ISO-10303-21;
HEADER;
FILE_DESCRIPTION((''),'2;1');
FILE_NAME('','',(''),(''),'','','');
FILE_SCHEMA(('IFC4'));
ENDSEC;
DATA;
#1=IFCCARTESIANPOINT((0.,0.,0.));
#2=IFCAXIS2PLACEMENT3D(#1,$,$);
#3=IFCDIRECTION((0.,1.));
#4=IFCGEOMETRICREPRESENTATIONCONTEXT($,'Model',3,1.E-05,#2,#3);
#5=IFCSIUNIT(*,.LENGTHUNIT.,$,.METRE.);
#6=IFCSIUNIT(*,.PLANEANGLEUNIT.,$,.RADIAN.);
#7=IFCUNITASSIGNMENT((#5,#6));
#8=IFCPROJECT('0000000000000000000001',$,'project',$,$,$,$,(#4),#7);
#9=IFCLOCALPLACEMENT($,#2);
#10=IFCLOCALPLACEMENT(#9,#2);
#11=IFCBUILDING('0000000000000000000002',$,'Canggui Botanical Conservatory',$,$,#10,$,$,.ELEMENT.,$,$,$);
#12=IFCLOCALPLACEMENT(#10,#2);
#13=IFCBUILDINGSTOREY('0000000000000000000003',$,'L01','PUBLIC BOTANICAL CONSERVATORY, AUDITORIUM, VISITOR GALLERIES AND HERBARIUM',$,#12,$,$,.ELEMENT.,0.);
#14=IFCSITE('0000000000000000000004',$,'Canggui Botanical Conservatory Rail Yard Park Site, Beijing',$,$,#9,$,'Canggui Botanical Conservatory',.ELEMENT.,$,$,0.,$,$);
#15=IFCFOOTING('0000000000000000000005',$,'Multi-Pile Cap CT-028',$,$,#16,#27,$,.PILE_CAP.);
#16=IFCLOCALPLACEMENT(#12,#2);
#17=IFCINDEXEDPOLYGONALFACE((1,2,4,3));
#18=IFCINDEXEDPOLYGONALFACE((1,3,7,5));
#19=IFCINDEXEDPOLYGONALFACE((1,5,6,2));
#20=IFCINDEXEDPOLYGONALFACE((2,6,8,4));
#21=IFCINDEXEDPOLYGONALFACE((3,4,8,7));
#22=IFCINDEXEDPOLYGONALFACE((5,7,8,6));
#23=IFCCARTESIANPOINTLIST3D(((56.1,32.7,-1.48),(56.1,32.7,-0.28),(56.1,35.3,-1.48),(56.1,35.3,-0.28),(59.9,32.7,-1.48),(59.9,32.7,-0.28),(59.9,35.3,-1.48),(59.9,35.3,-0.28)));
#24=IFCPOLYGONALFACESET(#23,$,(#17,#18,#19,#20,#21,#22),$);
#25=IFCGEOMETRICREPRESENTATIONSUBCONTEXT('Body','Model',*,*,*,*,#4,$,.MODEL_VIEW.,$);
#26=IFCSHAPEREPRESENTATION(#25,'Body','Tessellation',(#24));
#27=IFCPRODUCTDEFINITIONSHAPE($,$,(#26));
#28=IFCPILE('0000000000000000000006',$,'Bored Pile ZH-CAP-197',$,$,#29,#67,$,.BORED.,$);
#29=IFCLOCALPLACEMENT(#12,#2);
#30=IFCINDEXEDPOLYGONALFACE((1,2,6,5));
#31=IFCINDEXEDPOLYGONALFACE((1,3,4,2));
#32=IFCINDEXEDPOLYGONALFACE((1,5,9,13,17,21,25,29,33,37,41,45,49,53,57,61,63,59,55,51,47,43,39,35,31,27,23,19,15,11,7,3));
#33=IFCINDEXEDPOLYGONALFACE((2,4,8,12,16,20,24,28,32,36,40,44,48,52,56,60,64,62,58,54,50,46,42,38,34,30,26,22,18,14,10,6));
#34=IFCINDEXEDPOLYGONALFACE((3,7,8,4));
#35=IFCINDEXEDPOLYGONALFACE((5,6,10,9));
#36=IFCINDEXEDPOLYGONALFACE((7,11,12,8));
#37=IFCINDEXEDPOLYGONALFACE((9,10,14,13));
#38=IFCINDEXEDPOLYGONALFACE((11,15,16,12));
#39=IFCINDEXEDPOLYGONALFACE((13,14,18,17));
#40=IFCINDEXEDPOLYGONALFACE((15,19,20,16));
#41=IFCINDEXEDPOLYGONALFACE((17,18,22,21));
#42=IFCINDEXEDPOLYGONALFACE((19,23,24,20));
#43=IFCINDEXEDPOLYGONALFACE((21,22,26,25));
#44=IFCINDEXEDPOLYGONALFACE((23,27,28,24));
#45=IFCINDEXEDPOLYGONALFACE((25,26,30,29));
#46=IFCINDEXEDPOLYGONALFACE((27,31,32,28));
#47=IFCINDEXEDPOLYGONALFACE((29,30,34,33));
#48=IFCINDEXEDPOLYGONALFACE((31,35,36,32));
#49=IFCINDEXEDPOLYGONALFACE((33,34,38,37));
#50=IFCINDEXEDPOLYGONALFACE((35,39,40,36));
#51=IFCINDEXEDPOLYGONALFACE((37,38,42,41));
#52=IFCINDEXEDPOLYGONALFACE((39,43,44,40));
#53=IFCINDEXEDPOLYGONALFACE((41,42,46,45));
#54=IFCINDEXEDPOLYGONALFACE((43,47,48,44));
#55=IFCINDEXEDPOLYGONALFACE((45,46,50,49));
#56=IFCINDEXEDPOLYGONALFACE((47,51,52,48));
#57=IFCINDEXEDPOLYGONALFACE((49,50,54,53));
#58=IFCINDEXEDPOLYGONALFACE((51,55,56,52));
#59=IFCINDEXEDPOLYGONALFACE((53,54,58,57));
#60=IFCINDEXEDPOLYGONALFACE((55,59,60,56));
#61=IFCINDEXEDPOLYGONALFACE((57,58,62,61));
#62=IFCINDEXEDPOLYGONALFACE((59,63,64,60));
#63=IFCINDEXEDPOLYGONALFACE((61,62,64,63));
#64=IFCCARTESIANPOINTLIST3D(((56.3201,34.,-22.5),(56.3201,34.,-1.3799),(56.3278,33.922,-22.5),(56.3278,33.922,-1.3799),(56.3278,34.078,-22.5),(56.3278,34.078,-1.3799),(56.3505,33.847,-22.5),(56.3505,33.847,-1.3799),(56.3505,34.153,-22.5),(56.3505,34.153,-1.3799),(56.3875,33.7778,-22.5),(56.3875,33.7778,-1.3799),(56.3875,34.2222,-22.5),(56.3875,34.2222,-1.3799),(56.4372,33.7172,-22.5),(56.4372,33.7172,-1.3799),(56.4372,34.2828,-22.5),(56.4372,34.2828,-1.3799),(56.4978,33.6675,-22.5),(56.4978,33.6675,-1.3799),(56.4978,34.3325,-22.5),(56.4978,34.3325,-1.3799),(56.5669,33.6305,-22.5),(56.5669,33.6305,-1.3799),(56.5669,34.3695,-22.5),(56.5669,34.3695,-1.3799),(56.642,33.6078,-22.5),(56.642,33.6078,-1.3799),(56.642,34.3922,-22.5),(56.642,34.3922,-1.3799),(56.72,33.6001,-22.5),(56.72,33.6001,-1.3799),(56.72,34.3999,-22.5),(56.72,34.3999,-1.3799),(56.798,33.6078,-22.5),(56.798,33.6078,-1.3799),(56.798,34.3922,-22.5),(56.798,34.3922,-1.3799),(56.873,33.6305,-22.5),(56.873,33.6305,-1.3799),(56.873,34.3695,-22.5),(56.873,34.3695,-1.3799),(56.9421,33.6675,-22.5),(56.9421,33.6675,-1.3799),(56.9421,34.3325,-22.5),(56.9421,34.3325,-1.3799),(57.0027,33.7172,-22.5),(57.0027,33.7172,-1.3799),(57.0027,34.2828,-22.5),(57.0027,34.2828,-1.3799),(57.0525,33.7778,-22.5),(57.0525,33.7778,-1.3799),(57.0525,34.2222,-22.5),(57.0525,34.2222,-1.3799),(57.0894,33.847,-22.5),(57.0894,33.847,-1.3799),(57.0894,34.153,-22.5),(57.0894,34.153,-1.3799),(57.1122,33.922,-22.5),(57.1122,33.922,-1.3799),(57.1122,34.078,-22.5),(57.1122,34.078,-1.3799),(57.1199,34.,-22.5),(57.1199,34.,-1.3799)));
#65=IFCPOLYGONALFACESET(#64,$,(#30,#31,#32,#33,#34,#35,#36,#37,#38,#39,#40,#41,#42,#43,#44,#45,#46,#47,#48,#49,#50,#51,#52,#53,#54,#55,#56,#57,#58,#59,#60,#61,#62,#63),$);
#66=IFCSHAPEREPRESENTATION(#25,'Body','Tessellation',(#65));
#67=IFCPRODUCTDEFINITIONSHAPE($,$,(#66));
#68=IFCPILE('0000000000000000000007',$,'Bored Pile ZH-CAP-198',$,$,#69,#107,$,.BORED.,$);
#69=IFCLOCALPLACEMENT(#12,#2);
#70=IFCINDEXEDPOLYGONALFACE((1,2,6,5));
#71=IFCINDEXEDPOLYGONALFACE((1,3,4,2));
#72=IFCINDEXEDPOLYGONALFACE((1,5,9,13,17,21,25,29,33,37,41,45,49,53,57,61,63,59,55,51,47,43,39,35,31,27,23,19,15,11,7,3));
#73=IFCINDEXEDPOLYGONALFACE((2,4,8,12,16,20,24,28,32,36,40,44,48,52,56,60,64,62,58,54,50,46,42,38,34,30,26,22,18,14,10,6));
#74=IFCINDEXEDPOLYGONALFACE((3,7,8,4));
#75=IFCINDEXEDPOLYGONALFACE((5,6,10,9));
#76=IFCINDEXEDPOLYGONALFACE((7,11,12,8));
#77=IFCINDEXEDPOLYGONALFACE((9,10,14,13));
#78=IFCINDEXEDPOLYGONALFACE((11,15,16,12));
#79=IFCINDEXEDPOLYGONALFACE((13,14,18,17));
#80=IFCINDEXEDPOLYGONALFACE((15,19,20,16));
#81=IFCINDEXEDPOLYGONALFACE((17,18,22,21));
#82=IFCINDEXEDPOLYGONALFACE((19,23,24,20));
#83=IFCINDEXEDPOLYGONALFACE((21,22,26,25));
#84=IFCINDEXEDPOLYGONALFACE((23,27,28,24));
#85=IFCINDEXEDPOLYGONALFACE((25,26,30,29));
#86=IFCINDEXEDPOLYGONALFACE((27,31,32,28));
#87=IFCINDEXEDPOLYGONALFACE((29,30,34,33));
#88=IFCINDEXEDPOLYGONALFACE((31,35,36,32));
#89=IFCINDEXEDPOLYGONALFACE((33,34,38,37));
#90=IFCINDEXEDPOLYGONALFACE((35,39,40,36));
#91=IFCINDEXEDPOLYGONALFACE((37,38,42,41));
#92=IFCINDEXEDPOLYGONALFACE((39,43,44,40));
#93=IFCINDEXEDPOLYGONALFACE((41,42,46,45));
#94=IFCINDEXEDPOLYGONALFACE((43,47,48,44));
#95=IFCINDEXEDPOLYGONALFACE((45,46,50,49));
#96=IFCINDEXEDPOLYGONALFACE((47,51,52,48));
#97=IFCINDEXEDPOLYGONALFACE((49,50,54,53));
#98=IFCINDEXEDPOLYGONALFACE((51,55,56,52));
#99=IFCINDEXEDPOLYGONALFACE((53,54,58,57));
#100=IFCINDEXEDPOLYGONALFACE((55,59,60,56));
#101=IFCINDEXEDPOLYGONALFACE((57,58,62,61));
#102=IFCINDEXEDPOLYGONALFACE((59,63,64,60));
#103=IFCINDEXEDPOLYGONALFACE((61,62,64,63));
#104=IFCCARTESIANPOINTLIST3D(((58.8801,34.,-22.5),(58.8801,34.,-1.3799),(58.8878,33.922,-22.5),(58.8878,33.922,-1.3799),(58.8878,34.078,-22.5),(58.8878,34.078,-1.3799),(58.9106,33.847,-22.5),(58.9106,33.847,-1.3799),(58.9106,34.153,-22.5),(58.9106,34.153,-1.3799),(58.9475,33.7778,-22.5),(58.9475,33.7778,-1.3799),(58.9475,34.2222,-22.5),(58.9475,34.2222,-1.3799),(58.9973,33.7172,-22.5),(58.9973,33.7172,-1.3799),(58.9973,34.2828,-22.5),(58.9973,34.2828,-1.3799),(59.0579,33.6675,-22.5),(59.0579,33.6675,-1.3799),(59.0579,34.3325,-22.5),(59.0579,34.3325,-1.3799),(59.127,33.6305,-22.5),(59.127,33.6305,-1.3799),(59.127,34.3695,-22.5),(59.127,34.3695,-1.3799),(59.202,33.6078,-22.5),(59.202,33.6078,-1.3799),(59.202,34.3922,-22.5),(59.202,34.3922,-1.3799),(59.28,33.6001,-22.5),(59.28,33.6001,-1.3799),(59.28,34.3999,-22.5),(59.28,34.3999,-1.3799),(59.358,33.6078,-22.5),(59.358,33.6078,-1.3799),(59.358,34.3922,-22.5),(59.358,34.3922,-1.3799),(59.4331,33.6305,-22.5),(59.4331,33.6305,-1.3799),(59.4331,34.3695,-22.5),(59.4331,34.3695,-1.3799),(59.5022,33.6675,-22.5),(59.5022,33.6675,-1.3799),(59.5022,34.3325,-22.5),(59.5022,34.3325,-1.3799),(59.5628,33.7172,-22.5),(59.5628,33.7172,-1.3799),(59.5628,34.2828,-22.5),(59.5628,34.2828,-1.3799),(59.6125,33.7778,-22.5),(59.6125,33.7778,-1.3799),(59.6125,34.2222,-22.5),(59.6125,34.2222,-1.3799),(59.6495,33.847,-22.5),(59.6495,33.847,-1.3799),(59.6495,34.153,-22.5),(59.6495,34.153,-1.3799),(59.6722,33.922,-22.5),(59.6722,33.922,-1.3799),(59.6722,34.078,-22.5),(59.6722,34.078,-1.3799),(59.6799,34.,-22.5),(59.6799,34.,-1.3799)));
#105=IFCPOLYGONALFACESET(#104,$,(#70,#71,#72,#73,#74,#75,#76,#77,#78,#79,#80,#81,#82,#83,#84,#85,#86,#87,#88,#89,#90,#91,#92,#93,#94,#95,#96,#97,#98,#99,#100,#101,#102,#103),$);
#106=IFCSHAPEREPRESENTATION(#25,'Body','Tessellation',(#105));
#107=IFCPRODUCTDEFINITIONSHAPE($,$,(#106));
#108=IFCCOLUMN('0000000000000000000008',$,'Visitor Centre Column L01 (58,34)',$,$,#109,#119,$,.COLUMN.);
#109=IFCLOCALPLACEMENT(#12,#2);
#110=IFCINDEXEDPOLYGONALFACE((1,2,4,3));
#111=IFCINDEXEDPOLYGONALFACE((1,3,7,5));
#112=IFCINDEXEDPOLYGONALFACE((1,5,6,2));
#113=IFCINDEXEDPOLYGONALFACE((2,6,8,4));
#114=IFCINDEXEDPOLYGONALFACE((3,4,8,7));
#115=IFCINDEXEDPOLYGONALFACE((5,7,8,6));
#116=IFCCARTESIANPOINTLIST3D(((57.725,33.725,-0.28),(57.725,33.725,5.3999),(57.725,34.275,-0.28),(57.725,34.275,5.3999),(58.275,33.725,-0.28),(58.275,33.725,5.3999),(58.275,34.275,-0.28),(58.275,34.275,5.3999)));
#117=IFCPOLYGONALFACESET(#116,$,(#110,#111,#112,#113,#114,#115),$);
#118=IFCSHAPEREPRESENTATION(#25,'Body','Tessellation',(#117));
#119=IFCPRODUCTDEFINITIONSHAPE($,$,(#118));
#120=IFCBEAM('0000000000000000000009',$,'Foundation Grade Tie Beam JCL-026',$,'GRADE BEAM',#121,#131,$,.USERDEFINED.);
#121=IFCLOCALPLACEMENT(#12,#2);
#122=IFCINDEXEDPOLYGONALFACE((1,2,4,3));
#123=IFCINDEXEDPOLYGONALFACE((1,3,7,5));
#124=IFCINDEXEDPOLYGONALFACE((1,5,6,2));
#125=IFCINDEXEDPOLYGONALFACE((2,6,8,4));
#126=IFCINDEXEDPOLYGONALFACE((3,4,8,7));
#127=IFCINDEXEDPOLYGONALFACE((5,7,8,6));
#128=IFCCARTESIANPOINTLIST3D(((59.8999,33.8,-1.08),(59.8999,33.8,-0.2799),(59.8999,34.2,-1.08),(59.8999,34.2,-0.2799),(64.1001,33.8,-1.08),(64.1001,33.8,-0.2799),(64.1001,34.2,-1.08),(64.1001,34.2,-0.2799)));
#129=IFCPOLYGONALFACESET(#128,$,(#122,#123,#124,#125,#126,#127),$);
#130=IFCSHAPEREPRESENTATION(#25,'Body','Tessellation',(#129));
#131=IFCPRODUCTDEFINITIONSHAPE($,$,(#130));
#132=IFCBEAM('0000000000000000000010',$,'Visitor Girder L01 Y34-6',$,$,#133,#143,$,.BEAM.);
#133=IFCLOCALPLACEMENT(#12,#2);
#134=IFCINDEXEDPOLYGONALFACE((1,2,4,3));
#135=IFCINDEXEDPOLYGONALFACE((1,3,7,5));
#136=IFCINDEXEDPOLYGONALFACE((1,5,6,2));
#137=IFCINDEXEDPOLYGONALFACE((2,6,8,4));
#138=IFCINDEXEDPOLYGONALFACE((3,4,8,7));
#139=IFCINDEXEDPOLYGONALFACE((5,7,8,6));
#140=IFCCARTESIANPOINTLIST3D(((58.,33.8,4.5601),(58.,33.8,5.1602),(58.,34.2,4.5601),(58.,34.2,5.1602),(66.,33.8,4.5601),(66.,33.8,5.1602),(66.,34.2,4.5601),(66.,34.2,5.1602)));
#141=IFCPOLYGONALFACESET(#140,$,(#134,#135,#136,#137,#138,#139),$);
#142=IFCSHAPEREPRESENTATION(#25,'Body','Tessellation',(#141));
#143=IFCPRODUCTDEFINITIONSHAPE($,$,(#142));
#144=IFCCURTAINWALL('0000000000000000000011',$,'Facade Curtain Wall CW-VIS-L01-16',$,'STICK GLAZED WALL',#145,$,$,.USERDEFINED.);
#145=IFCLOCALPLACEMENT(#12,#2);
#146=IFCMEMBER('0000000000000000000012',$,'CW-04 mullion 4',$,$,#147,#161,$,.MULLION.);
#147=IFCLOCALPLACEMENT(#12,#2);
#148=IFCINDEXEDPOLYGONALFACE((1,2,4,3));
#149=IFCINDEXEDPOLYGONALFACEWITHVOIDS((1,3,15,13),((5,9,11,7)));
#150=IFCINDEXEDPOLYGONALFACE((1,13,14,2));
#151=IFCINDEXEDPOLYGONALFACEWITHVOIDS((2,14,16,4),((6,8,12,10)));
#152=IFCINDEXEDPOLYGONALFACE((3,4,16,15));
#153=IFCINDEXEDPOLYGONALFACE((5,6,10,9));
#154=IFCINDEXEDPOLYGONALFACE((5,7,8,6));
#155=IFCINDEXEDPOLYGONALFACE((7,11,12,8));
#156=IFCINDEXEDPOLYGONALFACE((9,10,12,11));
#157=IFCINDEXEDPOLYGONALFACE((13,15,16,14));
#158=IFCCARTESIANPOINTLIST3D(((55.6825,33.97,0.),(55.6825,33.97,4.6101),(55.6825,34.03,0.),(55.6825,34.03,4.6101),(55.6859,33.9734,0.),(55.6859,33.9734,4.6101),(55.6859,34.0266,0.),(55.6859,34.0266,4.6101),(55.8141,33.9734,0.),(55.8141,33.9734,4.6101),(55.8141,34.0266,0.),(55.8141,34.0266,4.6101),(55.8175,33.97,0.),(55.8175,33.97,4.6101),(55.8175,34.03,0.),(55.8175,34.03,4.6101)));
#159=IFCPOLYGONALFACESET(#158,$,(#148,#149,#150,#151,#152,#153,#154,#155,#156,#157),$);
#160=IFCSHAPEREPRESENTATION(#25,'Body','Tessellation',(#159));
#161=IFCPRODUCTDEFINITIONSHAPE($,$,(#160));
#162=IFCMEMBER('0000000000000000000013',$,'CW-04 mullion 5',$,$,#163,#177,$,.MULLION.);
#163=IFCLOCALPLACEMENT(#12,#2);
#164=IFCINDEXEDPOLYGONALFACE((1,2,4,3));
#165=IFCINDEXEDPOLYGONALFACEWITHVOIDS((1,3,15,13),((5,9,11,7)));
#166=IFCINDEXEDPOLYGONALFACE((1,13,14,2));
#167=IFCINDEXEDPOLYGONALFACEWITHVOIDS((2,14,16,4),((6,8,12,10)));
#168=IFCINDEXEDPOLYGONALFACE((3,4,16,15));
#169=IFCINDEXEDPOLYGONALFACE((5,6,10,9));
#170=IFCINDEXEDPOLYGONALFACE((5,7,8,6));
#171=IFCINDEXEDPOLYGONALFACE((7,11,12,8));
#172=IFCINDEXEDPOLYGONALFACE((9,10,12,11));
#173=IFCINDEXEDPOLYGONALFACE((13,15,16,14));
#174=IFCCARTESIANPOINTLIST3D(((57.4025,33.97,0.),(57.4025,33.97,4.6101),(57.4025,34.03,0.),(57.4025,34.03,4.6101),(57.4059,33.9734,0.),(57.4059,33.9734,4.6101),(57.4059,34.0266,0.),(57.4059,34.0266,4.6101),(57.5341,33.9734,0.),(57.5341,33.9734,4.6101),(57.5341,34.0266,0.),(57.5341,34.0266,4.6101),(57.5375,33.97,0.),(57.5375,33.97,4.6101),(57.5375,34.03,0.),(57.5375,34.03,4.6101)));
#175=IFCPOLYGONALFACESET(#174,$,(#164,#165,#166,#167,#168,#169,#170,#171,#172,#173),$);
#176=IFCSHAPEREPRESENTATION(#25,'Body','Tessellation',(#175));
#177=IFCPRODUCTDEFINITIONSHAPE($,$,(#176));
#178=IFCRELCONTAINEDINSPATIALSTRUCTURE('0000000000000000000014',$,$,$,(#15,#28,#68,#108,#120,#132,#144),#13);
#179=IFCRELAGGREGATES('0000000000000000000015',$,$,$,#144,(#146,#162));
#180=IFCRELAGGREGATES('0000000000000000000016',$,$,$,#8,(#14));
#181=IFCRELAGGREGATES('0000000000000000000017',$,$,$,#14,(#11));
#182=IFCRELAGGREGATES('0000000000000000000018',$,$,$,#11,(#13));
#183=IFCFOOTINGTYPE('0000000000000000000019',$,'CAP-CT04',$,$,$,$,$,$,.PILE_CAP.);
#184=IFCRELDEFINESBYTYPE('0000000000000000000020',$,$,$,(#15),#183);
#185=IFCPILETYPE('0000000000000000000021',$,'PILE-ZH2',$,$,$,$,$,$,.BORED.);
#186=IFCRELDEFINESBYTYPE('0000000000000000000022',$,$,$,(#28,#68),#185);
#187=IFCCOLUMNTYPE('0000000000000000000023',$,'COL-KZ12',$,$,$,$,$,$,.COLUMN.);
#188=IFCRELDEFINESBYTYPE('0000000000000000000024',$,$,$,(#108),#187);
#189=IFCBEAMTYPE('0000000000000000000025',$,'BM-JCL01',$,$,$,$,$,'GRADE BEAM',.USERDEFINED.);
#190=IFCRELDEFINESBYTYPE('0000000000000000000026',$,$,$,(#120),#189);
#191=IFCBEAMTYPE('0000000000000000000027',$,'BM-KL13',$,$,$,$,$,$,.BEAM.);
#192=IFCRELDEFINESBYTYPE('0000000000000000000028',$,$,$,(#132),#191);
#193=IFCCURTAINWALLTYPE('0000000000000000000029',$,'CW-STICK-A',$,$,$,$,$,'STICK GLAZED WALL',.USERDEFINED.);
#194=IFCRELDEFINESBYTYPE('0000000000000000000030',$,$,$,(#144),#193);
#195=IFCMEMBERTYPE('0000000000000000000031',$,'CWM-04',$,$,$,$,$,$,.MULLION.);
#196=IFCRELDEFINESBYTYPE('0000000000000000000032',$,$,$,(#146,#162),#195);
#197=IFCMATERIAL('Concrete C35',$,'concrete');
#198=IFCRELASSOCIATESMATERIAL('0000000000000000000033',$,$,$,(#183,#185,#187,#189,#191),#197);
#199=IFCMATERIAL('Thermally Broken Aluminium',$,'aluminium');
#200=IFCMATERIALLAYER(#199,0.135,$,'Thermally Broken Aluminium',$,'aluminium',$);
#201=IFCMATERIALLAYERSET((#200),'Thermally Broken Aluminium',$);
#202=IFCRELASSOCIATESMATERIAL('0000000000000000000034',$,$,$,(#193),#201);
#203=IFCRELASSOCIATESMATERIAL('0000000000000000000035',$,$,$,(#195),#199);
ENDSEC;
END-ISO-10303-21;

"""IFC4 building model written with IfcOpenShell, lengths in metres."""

from ifc_helpers import new_model, si_unit, direction, frame, origin, origin_2d, place, context, subcontext, project, spatial, rectangle, hollow_rectangle, circle, extrude, material, layer, layer_set, material_profile, profile_set, type_object, element, aggregate, save


model = new_model("IFC4")

# Units and contexts
model_context = context("Model", 3, precision=1e-05, world=origin(), true_north=direction((0.0, 1.0)))
body_context = subcontext(model_context, "Body", "Model", "MODEL_VIEW")
ifc_project = project(units=[si_unit("LENGTHUNIT", "METRE"), si_unit("PLANEANGLEUNIT", "RADIAN")], contexts=[model_context])

# Site, building, storey
site_placement = place(None, origin())
site = spatial("IfcSite", under=ifc_project, at=site_placement, Name="Canggui Botanical Conservatory Rail Yard Park Site, Beijing", LongName="Canggui Botanical Conservatory", CompositionType="ELEMENT", RefElevation=0.0)
building_placement = place(site_placement, origin())
building = spatial("IfcBuilding", under=site, at=building_placement, Name="Canggui Botanical Conservatory", CompositionType="ELEMENT")
storey_placement = place(building_placement, origin())
storey = spatial("IfcBuildingStorey", under=building, at=storey_placement, Name="L01", Description="PUBLIC BOTANICAL CONSERVATORY, AUDITORIUM, VISITOR GALLERIES AND HERBARIUM", CompositionType="ELEMENT", Elevation=0.0)

# Footing
ifc_material_1 = material(Name="Concrete C35", Category="concrete")
footing_type = type_object("IfcFootingType", Name="CAP-CT04", PredefinedType="PILE_CAP", material=ifc_material_1)
footing_placement = place(storey_placement, frame((58.0, 34.0, -1.48), z_axis=(0.0, 0.0, 1.0), x_axis=(1.0, 0.0, 0.0)))
element("IfcFooting", 1, at=footing_placement, inside=storey, type_object=footing_type, Name="Multi-Pile Cap CT-028", PredefinedType="PILE_CAP", context=body_context, shape_type="SweptSolid", body=[
    extrude(rectangle(XDim=3.8, YDim=2.6001, at=origin_2d()), origin(), (0.0, 0.0, 1.0), 1.2),
])

# Piles
ifc_material_profile_1 = material_profile(ifc_material_1, circle(Radius=0.3999, at=origin_2d()), Name="PILE D800")
ifc_profile_set_1 = profile_set([ifc_material_profile_1], Name="Concrete C35")
pile_type = type_object("IfcPileType", Name="PILE-ZH2", PredefinedType="BORED", material=ifc_profile_set_1)
for number, where, z_axis, x_axis, name in (
    (2, (56.72, 34.0, -1.3799), (0.0, 0.0, -1.0), (1.0, 0.0, 0.0), "Bored Pile ZH-CAP-197"),
    (3, (59.28, 34.0, -1.3799), (0.0, 0.0, -1.0), (1.0, 0.0, 0.0), "Bored Pile ZH-CAP-198"),
):
    element("IfcPile", number, at=place(storey_placement, frame(where, z_axis=z_axis, x_axis=x_axis)), inside=storey, type_object=pile_type, Name=name, PredefinedType="BORED", context=body_context, shape_type="SweptSolid", body=[
        extrude(circle(Radius=0.3999, at=origin_2d()), origin(), (0.0, 0.0, 1.0), 21.1201),
    ])

# Column
ifc_material_profile_2 = material_profile(ifc_material_1, rectangle(XDim=0.55, YDim=0.55, at=origin_2d()), Name="RC 550x550")
ifc_profile_set_2 = profile_set([ifc_material_profile_2], Name="Concrete C35")
column_type = type_object("IfcColumnType", Name="COL-KZ12", PredefinedType="COLUMN", material=ifc_profile_set_2)
column_placement = place(storey_placement, frame((58.0, 34.0, -0.28), z_axis=(0.0, 0.0, 1.0), x_axis=(1.0, 0.0, 0.0)))
element("IfcColumn", 4, at=column_placement, inside=storey, type_object=column_type, Name="Visitor Centre Column L01 (58,34)", PredefinedType="COLUMN", context=body_context, shape_type="SweptSolid", body=[
    extrude(rectangle(XDim=0.55, YDim=0.55, at=origin_2d()), origin(), (0.0, 0.0, 1.0), 5.6799),
])

# Beams
ifc_material_profile_3 = material_profile(ifc_material_1, rectangle(XDim=0.3999, YDim=0.8, at=origin_2d()), Name="RB 400x800")
ifc_profile_set_3 = profile_set([ifc_material_profile_3], Name="Concrete C35")
beam_type_1 = type_object("IfcBeamType", Name="BM-JCL01", ElementType="GRADE BEAM", PredefinedType="USERDEFINED", material=ifc_profile_set_3)
beam_1_placement = place(storey_placement, frame((59.8999, 34.0, -0.6799), z_axis=(1.0, 0.0, 0.0), x_axis=(0.0, 1.0, 0.0)))
element("IfcBeam", 5, at=beam_1_placement, inside=storey, type_object=beam_type_1, Name="Foundation Grade Tie Beam JCL-026", ObjectType="GRADE BEAM", PredefinedType="USERDEFINED", context=body_context, shape_type="SweptSolid", body=[
    extrude(rectangle(XDim=0.3999, YDim=0.8, at=origin_2d()), origin(), (0.0, 0.0, 1.0), 4.2002),
])
ifc_material_profile_4 = material_profile(ifc_material_1, rectangle(XDim=0.3999, YDim=0.6001, at=origin_2d()), Name="RB 400x600")
ifc_profile_set_4 = profile_set([ifc_material_profile_4], Name="Concrete C35")
beam_type_2 = type_object("IfcBeamType", Name="BM-KL13", PredefinedType="BEAM", material=ifc_profile_set_4)
beam_2_placement = place(storey_placement, frame((58.0, 34.0, 4.8601), z_axis=(1.0, 0.0, 0.0), x_axis=(0.0, 1.0, 0.0)))
element("IfcBeam", 6, at=beam_2_placement, inside=storey, type_object=beam_type_2, Name="Visitor Girder L01 Y34-6", PredefinedType="BEAM", context=body_context, shape_type="SweptSolid", body=[
    extrude(rectangle(XDim=0.3999, YDim=0.6001, at=origin_2d()), origin(), (0.0, 0.0, 1.0), 8.0),
])

# Curtain wall, members
ifc_material_2 = material(Name="Thermally Broken Aluminium", Category="aluminium")
ifc_layer_1 = layer(ifc_material_2, 0.135, Name="Thermally Broken Aluminium", Category="aluminium")
ifc_layer_set_1 = layer_set([ifc_layer_1], Name="Thermally Broken Aluminium")
curtain_wall_type = type_object("IfcCurtainWallType", Name="CW-STICK-A", ElementType="STICK GLAZED WALL", PredefinedType="USERDEFINED", material=ifc_layer_set_1)
curtain_wall_placement = place(storey_placement, origin())
curtain_wall = element("IfcCurtainWall", 7, at=curtain_wall_placement, inside=storey, type_object=curtain_wall_type, Name="Facade Curtain Wall CW-VIS-L01-16", ObjectType="STICK GLAZED WALL", PredefinedType="USERDEFINED")
ifc_material_profile_5 = material_profile(ifc_material_2, hollow_rectangle(XDim=0.0601, YDim=0.135, WallThickness=0.0034, at=origin_2d()), Name="CWM 60x135x3.5")
ifc_profile_set_5 = profile_set([ifc_material_profile_5], Name="Thermally Broken Aluminium")
member_type_1 = type_object("IfcMemberType", Name="CWM-04", PredefinedType="MULLION", material=ifc_profile_set_5)
member_1_placement = place(storey_placement, frame((55.75, 34.0, 0.0), z_axis=(0.0, 0.0, 1.0), x_axis=(0.0, 1.0, 0.0)))
member_1 = element("IfcMember", 8, at=member_1_placement, type_object=member_type_1, Name="CW-04 mullion 4", PredefinedType="MULLION", context=body_context, shape_type="SweptSolid", body=[
    extrude(hollow_rectangle(XDim=0.0601, YDim=0.135, WallThickness=0.0034, at=origin_2d()), origin(), (0.0, 0.0, 1.0), 4.6101),
])
member_2_placement = place(storey_placement, frame((57.47, 34.0, 0.0), z_axis=(0.0, 0.0, 1.0), x_axis=(0.0, 1.0, 0.0)))
member_2 = element("IfcMember", 9, at=member_2_placement, type_object=member_type_1, Name="CW-04 mullion 5", PredefinedType="MULLION", context=body_context, shape_type="SweptSolid", body=[
    extrude(hollow_rectangle(XDim=0.0601, YDim=0.135, WallThickness=0.0034, at=origin_2d()), origin(), (0.0, 0.0, 1.0), 4.6101),
])
aggregate(curtain_wall, [member_1, member_2])

save(model, "model.ifc")
